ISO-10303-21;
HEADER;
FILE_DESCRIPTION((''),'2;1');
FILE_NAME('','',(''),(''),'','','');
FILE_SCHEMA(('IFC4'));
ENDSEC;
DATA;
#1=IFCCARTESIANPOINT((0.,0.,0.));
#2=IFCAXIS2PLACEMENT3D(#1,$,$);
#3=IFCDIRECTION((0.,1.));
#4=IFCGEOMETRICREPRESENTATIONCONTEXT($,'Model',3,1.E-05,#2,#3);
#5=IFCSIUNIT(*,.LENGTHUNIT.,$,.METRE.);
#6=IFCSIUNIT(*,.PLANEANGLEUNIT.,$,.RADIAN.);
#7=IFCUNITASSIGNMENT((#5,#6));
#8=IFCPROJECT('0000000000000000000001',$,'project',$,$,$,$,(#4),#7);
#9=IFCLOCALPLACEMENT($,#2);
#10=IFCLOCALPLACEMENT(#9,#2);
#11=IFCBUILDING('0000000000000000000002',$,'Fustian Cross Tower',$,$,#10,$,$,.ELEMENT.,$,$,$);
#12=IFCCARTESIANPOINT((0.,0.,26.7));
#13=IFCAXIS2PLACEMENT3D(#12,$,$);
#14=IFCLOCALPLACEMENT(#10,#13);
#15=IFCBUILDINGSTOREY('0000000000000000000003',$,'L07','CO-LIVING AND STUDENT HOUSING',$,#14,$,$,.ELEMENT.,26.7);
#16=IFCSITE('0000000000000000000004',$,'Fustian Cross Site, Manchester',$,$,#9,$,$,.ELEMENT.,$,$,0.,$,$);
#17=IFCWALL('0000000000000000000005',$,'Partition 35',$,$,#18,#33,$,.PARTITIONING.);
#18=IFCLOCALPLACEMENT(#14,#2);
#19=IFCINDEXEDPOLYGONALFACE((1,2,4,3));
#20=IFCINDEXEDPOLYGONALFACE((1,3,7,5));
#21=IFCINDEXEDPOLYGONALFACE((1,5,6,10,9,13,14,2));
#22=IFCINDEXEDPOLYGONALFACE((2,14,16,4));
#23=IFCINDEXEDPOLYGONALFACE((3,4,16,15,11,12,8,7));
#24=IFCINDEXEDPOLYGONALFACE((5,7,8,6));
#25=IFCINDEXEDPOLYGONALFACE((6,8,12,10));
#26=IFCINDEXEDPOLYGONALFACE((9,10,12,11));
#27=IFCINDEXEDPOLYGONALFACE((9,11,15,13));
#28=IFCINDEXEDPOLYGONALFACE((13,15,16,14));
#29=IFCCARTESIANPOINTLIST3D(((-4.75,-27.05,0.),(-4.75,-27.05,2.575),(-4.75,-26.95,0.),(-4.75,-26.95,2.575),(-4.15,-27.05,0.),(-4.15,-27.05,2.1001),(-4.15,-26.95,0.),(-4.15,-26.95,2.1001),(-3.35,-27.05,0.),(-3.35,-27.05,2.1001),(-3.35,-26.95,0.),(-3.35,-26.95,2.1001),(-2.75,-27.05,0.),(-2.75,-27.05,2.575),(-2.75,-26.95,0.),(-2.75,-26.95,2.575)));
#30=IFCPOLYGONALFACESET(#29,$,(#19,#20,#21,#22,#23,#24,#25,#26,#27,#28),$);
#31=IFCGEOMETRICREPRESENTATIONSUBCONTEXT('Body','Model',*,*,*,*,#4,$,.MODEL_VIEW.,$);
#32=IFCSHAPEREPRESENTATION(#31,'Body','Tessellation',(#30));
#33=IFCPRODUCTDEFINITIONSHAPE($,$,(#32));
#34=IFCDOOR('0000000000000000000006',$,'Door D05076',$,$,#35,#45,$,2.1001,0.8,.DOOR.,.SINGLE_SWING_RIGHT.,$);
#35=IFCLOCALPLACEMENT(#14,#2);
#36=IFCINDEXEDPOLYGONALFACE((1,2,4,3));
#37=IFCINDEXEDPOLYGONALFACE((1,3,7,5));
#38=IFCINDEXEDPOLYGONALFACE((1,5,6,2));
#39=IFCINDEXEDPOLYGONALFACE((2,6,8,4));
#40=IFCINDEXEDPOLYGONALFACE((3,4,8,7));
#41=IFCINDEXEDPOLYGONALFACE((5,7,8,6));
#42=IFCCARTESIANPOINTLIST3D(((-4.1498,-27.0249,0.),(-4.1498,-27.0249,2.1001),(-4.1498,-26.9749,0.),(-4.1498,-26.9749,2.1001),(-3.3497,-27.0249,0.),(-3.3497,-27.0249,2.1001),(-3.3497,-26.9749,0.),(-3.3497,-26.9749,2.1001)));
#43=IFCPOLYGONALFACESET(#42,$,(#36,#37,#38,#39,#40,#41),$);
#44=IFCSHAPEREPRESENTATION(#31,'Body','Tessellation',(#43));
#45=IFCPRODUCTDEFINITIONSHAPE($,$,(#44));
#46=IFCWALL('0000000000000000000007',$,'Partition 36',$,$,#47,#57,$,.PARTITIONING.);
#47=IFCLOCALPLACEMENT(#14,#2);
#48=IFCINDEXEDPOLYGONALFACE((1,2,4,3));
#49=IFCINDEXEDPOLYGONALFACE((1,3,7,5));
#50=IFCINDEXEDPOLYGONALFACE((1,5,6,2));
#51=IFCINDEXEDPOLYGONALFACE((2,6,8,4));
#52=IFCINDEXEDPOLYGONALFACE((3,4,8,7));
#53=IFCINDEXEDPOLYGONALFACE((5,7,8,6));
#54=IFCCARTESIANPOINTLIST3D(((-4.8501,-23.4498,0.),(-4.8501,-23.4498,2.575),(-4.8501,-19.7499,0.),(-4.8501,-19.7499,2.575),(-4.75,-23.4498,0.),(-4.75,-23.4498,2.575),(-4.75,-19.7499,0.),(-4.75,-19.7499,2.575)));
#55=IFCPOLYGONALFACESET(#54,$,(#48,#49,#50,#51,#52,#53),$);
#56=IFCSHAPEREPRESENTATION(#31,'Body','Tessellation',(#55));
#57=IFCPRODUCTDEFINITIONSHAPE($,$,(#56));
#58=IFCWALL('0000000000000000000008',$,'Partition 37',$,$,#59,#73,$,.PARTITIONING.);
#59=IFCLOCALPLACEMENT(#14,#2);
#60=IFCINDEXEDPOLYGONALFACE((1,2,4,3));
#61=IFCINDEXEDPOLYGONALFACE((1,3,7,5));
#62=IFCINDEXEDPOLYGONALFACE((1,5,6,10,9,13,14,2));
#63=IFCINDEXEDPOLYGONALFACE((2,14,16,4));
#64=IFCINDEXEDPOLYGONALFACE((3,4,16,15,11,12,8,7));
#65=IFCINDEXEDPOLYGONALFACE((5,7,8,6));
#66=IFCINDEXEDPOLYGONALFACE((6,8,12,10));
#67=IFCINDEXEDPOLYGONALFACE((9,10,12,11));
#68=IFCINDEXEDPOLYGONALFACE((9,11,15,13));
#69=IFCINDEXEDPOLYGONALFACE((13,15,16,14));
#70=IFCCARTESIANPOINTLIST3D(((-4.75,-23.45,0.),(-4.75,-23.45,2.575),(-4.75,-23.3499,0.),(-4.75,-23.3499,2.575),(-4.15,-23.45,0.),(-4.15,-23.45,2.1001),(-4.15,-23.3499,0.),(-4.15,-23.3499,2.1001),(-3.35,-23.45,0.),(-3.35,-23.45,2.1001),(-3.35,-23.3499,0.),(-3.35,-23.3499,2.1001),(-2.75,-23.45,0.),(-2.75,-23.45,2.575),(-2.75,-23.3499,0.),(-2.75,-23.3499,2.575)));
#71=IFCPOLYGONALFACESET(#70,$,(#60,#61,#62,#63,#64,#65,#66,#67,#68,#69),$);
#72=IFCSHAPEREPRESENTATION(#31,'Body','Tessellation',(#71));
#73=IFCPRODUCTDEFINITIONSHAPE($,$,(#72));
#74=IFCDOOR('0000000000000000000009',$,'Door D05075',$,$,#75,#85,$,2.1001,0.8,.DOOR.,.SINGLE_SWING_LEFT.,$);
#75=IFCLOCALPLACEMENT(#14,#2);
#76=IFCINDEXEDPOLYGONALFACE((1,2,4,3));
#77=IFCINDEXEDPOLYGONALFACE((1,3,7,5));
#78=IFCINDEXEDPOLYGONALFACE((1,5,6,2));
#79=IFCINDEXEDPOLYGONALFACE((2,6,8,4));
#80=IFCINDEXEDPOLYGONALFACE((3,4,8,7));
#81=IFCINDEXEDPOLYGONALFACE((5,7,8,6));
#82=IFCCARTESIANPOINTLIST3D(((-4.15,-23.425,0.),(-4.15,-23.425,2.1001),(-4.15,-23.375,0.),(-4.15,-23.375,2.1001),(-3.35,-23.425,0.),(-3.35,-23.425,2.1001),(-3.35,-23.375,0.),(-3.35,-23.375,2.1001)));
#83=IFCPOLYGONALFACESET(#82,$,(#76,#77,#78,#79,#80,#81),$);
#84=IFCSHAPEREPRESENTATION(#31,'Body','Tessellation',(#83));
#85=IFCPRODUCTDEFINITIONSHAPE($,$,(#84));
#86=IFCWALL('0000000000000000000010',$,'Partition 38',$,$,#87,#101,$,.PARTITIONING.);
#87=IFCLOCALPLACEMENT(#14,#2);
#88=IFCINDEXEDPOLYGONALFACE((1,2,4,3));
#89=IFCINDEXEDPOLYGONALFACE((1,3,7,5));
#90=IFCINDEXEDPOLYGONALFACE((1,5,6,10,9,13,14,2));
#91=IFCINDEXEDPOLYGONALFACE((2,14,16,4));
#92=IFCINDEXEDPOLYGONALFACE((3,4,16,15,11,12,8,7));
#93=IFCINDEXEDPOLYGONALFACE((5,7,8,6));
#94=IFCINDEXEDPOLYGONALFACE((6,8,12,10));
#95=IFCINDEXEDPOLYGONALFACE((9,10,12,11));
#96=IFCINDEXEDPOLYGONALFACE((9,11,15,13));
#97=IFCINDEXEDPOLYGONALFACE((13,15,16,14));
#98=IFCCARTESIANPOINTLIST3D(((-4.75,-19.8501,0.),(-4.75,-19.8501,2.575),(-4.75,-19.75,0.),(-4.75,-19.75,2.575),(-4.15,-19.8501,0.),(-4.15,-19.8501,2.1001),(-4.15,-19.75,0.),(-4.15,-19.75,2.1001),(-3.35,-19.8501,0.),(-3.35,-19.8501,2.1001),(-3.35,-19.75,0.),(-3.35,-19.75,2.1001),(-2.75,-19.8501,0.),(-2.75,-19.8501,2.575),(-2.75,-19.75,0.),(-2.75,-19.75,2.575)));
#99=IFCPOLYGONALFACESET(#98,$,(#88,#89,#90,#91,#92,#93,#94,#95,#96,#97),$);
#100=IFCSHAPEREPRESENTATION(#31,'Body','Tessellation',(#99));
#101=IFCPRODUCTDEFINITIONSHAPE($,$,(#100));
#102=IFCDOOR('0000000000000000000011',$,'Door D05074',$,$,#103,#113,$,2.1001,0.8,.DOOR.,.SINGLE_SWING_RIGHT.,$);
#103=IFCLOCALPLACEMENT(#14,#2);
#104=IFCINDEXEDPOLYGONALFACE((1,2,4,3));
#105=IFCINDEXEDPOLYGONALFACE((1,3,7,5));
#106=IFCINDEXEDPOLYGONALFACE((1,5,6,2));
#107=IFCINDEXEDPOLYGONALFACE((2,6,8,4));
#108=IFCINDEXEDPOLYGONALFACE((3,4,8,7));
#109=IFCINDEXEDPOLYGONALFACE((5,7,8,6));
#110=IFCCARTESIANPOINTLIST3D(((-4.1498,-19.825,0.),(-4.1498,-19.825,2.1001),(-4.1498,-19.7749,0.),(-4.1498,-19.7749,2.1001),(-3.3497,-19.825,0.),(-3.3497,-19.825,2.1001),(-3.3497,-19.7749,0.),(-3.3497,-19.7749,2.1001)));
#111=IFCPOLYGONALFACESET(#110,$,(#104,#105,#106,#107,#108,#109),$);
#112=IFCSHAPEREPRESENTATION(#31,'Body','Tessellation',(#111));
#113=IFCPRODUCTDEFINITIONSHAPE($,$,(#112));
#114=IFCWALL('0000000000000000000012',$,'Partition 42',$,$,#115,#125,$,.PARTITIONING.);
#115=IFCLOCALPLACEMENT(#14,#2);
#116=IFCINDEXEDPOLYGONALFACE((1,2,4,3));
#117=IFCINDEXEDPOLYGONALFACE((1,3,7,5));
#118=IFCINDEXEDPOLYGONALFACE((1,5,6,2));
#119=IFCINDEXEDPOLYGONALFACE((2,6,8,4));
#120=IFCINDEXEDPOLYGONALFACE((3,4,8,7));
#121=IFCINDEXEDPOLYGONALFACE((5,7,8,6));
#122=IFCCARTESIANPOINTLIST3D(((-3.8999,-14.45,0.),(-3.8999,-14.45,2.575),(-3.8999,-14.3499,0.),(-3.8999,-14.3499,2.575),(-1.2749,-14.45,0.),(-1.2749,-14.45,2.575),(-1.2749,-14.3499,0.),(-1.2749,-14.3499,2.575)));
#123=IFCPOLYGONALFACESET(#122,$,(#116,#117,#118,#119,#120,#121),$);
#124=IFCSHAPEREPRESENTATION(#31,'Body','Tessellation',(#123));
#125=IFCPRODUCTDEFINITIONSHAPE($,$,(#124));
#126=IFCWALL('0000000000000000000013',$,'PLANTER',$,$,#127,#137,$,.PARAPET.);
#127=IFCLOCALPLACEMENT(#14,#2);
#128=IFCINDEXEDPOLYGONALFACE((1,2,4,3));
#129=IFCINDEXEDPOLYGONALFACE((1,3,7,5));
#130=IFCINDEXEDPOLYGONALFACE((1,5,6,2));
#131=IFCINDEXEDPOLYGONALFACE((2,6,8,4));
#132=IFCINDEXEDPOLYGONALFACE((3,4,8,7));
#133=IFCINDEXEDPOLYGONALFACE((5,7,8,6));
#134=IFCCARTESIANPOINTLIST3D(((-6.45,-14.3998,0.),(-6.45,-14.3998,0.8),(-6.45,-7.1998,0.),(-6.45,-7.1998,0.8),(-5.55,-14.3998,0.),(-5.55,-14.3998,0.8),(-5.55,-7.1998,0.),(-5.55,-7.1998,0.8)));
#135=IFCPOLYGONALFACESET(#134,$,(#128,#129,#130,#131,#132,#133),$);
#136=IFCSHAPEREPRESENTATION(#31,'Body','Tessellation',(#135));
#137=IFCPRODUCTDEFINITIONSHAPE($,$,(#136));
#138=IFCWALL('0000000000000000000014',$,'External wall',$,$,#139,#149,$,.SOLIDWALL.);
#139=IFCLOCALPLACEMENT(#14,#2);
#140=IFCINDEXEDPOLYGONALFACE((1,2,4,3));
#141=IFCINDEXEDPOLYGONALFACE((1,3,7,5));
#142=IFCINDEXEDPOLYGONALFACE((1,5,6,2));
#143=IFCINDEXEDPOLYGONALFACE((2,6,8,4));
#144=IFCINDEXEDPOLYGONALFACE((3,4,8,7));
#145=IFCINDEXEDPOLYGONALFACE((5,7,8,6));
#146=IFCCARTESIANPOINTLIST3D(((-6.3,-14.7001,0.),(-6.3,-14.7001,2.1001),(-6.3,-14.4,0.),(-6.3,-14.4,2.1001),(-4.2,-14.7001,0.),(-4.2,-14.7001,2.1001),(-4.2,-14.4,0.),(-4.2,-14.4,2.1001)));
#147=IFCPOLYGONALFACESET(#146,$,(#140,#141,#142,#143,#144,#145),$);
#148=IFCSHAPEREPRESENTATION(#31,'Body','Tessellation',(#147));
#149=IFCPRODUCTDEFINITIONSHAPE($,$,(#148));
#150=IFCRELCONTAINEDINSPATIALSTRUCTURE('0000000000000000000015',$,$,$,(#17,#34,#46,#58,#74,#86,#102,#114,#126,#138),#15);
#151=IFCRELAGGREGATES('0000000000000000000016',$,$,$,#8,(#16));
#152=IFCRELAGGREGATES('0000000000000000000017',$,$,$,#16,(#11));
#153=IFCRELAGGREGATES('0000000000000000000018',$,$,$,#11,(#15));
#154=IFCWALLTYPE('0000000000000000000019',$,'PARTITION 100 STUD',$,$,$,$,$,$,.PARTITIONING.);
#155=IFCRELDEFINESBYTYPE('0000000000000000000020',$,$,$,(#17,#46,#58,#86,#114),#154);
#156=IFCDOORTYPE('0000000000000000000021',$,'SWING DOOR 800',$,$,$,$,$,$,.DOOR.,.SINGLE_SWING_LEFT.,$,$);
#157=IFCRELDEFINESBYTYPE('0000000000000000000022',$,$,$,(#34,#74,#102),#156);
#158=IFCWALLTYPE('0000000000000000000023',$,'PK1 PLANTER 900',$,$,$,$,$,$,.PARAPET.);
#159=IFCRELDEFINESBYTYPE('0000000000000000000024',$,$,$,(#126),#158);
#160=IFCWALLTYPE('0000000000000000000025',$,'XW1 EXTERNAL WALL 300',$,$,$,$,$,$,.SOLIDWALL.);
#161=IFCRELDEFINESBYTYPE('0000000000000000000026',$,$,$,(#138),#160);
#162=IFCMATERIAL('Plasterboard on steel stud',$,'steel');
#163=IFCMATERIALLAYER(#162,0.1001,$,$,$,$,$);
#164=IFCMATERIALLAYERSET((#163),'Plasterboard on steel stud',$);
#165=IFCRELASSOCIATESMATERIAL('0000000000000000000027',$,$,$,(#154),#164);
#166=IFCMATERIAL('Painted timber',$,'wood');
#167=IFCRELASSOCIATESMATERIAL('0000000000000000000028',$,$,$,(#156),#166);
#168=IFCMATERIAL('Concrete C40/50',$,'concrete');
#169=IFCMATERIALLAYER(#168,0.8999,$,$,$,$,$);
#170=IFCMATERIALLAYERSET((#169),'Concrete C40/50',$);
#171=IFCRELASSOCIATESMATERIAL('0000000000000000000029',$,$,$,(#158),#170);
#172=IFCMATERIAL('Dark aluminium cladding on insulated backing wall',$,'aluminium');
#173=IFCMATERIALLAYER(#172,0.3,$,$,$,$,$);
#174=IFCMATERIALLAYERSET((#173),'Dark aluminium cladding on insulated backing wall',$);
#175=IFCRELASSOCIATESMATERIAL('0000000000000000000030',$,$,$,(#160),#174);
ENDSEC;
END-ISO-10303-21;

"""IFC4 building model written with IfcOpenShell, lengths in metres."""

from ifc_helpers import new_model, si_unit, direction, frame, frame_2d, origin, place, context, subcontext, project, spatial, rectangle, extrude, material, layer, layer_set, type_object, element, fill, save


model = new_model("IFC4")

# Units and contexts
model_context = context("Model", 3, precision=1e-05, world=origin(), true_north=direction((0.0, 1.0)))
body_context = subcontext(model_context, "Body", "Model", "MODEL_VIEW")
ifc_project = project(units=[si_unit("LENGTHUNIT", "METRE"), si_unit("PLANEANGLEUNIT", "RADIAN")], contexts=[model_context])

# Site, building, storey
site_placement = place(None, origin())
site = spatial("IfcSite", under=ifc_project, at=site_placement, Name="Fustian Cross Site, Manchester", CompositionType="ELEMENT", RefElevation=0.0)
building_placement = place(site_placement, origin())
building = spatial("IfcBuilding", under=site, at=building_placement, Name="Fustian Cross Tower", CompositionType="ELEMENT")
storey_placement = place(building_placement, frame((0.0, 0.0, 26.7)))
storey = spatial("IfcBuildingStorey", under=building, at=storey_placement, Name="L07", Description="CO-LIVING AND STUDENT HOUSING", CompositionType="ELEMENT", Elevation=26.7)

# Shared definitions
ifc_material_1 = material(Name="Plasterboard on steel stud", Category="steel")
ifc_layer_1 = layer(ifc_material_1, 0.1001)
ifc_layer_set_1 = layer_set([ifc_layer_1], Name="Plasterboard on steel stud")
wall_type_1 = type_object("IfcWallType", Name="PARTITION 100 STUD", PredefinedType="PARTITIONING", material=ifc_layer_set_1)

# Wall, opening, door
wall_1_placement = place(storey_placement, frame((-4.75, -27.0, 0.0), z_axis=(0.0, 0.0, 1.0), x_axis=(1.0, 0.0, 0.0)))
wall_1 = element("IfcWall", 1, at=wall_1_placement, inside=storey, type_object=wall_type_1, Name="Partition 35", PredefinedType="PARTITIONING", context=body_context, shape_type="SweptSolid", body=[
    extrude(rectangle(XDim=2.0, YDim=0.1001, at=frame_2d((1.0, 0.0))), origin(), (0.0, 0.0, 1.0), 2.575),
])
opening_1_placement = place(wall_1_placement, frame((0.6001, 0.0, 0.0)))
opening_1 = element("IfcOpeningElement", 2, at=opening_1_placement, cuts=wall_1, PredefinedType="OPENING", context=body_context, shape_type="SweptSolid", body=[
    extrude(rectangle(XDim=0.8, YDim=2.1001, at=frame_2d((0.3999, 1.05))), frame((0.0, 0.0601, 0.0), z_axis=(0.0, -1.0, 0.0), x_axis=(1.0, 0.0, 0.0)), (0.0, 0.0, 1.0), 0.1201),
])
ifc_material_2 = material(Name="Painted timber", Category="wood")
door_type = type_object("IfcDoorType", Name="SWING DOOR 800", OperationType="SINGLE_SWING_LEFT", PredefinedType="DOOR", material=ifc_material_2)
door_1_placement = place(opening_1_placement, frame((0.8, 0.0, 0.0), z_axis=(0.0, 0.0, 1.0), x_axis=(-1.0, 0.0, 0.0)))
door_1 = element("IfcDoor", 3, at=door_1_placement, inside=storey, type_object=door_type, Name="Door D05076", OperationType="SINGLE_SWING_RIGHT", OverallHeight=2.1001, OverallWidth=0.8, PredefinedType="DOOR", context=body_context, shape_type="SweptSolid", body=[
    extrude(rectangle(XDim=0.8, YDim=2.1001, at=frame_2d((0.3999, 1.05))), frame((0.0, 0.0249, 0.0), z_axis=(0.0, -1.0, 0.0), x_axis=(1.0, 0.0, 0.0)), (0.0, 0.0, 1.0), 0.05),
])
fill(opening_1, door_1)

# Wall
wall_2_placement = place(storey_placement, frame((-4.8, -23.45, 0.0), z_axis=(0.0, 0.0, 1.0), x_axis=(0.0, 1.0, 0.0)))
element("IfcWall", 4, at=wall_2_placement, inside=storey, type_object=wall_type_1, Name="Partition 36", PredefinedType="PARTITIONING", context=body_context, shape_type="SweptSolid", body=[
    extrude(rectangle(XDim=3.7, YDim=0.1001, at=frame_2d((1.8501, 0.0))), origin(), (0.0, 0.0, 1.0), 2.575),
])

# Walls, openings, doors
wall_3_placement = place(storey_placement, frame((-4.75, -23.3999, 0.0), z_axis=(0.0, 0.0, 1.0), x_axis=(1.0, 0.0, 0.0)))
wall_3 = element("IfcWall", 5, at=wall_3_placement, inside=storey, type_object=wall_type_1, Name="Partition 37", PredefinedType="PARTITIONING", context=body_context, shape_type="SweptSolid", body=[
    extrude(rectangle(XDim=2.0, YDim=0.1001, at=frame_2d((1.0, 0.0))), origin(), (0.0, 0.0, 1.0), 2.575),
])
opening_2_placement = place(wall_3_placement, frame((0.6001, 0.0, 0.0)))
opening_2 = element("IfcOpeningElement", 6, at=opening_2_placement, cuts=wall_3, PredefinedType="OPENING", context=body_context, shape_type="SweptSolid", body=[
    extrude(rectangle(XDim=0.8, YDim=2.1001, at=frame_2d((0.3999, 1.05))), frame((0.0, 0.0601, 0.0), z_axis=(0.0, -1.0, 0.0), x_axis=(1.0, 0.0, 0.0)), (0.0, 0.0, 1.0), 0.1201),
])
door_2_placement = place(opening_2_placement, origin())
door_2 = element("IfcDoor", 7, at=door_2_placement, inside=storey, type_object=door_type, Name="Door D05075", OperationType="SINGLE_SWING_LEFT", OverallHeight=2.1001, OverallWidth=0.8, PredefinedType="DOOR", context=body_context, shape_type="SweptSolid", body=[
    extrude(rectangle(XDim=0.8, YDim=2.1001, at=frame_2d((0.3999, 1.05))), frame((0.0, 0.0249, 0.0), z_axis=(0.0, -1.0, 0.0), x_axis=(1.0, 0.0, 0.0)), (0.0, 0.0, 1.0), 0.05),
])
fill(opening_2, door_2)
wall_4_placement = place(storey_placement, frame((-4.75, -19.8, 0.0), z_axis=(0.0, 0.0, 1.0), x_axis=(1.0, 0.0, 0.0)))
wall_4 = element("IfcWall", 8, at=wall_4_placement, inside=storey, type_object=wall_type_1, Name="Partition 38", PredefinedType="PARTITIONING", context=body_context, shape_type="SweptSolid", body=[
    extrude(rectangle(XDim=2.0, YDim=0.1001, at=frame_2d((1.0, 0.0))), origin(), (0.0, 0.0, 1.0), 2.575),
])
opening_3_placement = place(wall_4_placement, frame((0.6001, 0.0, 0.0)))
opening_3 = element("IfcOpeningElement", 9, at=opening_3_placement, cuts=wall_4, PredefinedType="OPENING", context=body_context, shape_type="SweptSolid", body=[
    extrude(rectangle(XDim=0.8, YDim=2.1001, at=frame_2d((0.3999, 1.05))), frame((0.0, 0.0601, 0.0), z_axis=(0.0, -1.0, 0.0), x_axis=(1.0, 0.0, 0.0)), (0.0, 0.0, 1.0), 0.1201),
])
door_3_placement = place(opening_3_placement, frame((0.8, 0.0, 0.0), z_axis=(0.0, 0.0, 1.0), x_axis=(-1.0, 0.0, 0.0)))
door_3 = element("IfcDoor", 10, at=door_3_placement, inside=storey, type_object=door_type, Name="Door D05074", OperationType="SINGLE_SWING_RIGHT", OverallHeight=2.1001, OverallWidth=0.8, PredefinedType="DOOR", context=body_context, shape_type="SweptSolid", body=[
    extrude(rectangle(XDim=0.8, YDim=2.1001, at=frame_2d((0.3999, 1.05))), frame((0.0, 0.0249, 0.0), z_axis=(0.0, -1.0, 0.0), x_axis=(1.0, 0.0, 0.0)), (0.0, 0.0, 1.0), 0.05),
])
fill(opening_3, door_3)

# Walls
wall_5_placement = place(storey_placement, frame((-3.8999, -14.3999, 0.0), z_axis=(0.0, 0.0, 1.0), x_axis=(1.0, 0.0, 0.0)))
element("IfcWall", 11, at=wall_5_placement, inside=storey, type_object=wall_type_1, Name="Partition 42", PredefinedType="PARTITIONING", context=body_context, shape_type="SweptSolid", body=[
    extrude(rectangle(XDim=2.625, YDim=0.1001, at=frame_2d((1.3125, 0.0))), origin(), (0.0, 0.0, 1.0), 2.575),
])
ifc_material_3 = material(Name="Concrete C40/50", Category="concrete")
ifc_layer_2 = layer(ifc_material_3, 0.8999)
ifc_layer_set_2 = layer_set([ifc_layer_2], Name="Concrete C40/50")
wall_type_2 = type_object("IfcWallType", Name="PK1 PLANTER 900", PredefinedType="PARAPET", material=ifc_layer_set_2)
wall_6_placement = place(storey_placement, frame((-6.0, -14.3999, 0.0), z_axis=(0.0, 0.0, 1.0), x_axis=(0.0, 1.0, 0.0)))
element("IfcWall", 12, at=wall_6_placement, inside=storey, type_object=wall_type_2, Name="PLANTER", PredefinedType="PARAPET", context=body_context, shape_type="SweptSolid", body=[
    extrude(rectangle(XDim=7.2, YDim=0.8999, at=frame_2d((3.6001, 0.0))), origin(), (0.0, 0.0, 1.0), 0.8),
])
ifc_material_4 = material(Name="Dark aluminium cladding on insulated backing wall", Category="aluminium")
ifc_layer_3 = layer(ifc_material_4, 0.3)
ifc_layer_set_3 = layer_set([ifc_layer_3], Name="Dark aluminium cladding on insulated backing wall")
wall_type_3 = type_object("IfcWallType", Name="XW1 EXTERNAL WALL 300", PredefinedType="SOLIDWALL", material=ifc_layer_set_3)
wall_7_placement = place(storey_placement, frame((-4.2, -14.55, 0.0), z_axis=(0.0, 0.0, 1.0), x_axis=(-1.0, 0.0, 0.0)))
element("IfcWall", 13, at=wall_7_placement, inside=storey, type_object=wall_type_3, Name="External wall", PredefinedType="SOLIDWALL", context=body_context, shape_type="SweptSolid", body=[
    extrude(rectangle(XDim=2.1001, YDim=0.3, at=frame_2d((1.05, 0.0))), origin(), (0.0, 0.0, 1.0), 2.1001),
])

save(model, "model.ifc")
